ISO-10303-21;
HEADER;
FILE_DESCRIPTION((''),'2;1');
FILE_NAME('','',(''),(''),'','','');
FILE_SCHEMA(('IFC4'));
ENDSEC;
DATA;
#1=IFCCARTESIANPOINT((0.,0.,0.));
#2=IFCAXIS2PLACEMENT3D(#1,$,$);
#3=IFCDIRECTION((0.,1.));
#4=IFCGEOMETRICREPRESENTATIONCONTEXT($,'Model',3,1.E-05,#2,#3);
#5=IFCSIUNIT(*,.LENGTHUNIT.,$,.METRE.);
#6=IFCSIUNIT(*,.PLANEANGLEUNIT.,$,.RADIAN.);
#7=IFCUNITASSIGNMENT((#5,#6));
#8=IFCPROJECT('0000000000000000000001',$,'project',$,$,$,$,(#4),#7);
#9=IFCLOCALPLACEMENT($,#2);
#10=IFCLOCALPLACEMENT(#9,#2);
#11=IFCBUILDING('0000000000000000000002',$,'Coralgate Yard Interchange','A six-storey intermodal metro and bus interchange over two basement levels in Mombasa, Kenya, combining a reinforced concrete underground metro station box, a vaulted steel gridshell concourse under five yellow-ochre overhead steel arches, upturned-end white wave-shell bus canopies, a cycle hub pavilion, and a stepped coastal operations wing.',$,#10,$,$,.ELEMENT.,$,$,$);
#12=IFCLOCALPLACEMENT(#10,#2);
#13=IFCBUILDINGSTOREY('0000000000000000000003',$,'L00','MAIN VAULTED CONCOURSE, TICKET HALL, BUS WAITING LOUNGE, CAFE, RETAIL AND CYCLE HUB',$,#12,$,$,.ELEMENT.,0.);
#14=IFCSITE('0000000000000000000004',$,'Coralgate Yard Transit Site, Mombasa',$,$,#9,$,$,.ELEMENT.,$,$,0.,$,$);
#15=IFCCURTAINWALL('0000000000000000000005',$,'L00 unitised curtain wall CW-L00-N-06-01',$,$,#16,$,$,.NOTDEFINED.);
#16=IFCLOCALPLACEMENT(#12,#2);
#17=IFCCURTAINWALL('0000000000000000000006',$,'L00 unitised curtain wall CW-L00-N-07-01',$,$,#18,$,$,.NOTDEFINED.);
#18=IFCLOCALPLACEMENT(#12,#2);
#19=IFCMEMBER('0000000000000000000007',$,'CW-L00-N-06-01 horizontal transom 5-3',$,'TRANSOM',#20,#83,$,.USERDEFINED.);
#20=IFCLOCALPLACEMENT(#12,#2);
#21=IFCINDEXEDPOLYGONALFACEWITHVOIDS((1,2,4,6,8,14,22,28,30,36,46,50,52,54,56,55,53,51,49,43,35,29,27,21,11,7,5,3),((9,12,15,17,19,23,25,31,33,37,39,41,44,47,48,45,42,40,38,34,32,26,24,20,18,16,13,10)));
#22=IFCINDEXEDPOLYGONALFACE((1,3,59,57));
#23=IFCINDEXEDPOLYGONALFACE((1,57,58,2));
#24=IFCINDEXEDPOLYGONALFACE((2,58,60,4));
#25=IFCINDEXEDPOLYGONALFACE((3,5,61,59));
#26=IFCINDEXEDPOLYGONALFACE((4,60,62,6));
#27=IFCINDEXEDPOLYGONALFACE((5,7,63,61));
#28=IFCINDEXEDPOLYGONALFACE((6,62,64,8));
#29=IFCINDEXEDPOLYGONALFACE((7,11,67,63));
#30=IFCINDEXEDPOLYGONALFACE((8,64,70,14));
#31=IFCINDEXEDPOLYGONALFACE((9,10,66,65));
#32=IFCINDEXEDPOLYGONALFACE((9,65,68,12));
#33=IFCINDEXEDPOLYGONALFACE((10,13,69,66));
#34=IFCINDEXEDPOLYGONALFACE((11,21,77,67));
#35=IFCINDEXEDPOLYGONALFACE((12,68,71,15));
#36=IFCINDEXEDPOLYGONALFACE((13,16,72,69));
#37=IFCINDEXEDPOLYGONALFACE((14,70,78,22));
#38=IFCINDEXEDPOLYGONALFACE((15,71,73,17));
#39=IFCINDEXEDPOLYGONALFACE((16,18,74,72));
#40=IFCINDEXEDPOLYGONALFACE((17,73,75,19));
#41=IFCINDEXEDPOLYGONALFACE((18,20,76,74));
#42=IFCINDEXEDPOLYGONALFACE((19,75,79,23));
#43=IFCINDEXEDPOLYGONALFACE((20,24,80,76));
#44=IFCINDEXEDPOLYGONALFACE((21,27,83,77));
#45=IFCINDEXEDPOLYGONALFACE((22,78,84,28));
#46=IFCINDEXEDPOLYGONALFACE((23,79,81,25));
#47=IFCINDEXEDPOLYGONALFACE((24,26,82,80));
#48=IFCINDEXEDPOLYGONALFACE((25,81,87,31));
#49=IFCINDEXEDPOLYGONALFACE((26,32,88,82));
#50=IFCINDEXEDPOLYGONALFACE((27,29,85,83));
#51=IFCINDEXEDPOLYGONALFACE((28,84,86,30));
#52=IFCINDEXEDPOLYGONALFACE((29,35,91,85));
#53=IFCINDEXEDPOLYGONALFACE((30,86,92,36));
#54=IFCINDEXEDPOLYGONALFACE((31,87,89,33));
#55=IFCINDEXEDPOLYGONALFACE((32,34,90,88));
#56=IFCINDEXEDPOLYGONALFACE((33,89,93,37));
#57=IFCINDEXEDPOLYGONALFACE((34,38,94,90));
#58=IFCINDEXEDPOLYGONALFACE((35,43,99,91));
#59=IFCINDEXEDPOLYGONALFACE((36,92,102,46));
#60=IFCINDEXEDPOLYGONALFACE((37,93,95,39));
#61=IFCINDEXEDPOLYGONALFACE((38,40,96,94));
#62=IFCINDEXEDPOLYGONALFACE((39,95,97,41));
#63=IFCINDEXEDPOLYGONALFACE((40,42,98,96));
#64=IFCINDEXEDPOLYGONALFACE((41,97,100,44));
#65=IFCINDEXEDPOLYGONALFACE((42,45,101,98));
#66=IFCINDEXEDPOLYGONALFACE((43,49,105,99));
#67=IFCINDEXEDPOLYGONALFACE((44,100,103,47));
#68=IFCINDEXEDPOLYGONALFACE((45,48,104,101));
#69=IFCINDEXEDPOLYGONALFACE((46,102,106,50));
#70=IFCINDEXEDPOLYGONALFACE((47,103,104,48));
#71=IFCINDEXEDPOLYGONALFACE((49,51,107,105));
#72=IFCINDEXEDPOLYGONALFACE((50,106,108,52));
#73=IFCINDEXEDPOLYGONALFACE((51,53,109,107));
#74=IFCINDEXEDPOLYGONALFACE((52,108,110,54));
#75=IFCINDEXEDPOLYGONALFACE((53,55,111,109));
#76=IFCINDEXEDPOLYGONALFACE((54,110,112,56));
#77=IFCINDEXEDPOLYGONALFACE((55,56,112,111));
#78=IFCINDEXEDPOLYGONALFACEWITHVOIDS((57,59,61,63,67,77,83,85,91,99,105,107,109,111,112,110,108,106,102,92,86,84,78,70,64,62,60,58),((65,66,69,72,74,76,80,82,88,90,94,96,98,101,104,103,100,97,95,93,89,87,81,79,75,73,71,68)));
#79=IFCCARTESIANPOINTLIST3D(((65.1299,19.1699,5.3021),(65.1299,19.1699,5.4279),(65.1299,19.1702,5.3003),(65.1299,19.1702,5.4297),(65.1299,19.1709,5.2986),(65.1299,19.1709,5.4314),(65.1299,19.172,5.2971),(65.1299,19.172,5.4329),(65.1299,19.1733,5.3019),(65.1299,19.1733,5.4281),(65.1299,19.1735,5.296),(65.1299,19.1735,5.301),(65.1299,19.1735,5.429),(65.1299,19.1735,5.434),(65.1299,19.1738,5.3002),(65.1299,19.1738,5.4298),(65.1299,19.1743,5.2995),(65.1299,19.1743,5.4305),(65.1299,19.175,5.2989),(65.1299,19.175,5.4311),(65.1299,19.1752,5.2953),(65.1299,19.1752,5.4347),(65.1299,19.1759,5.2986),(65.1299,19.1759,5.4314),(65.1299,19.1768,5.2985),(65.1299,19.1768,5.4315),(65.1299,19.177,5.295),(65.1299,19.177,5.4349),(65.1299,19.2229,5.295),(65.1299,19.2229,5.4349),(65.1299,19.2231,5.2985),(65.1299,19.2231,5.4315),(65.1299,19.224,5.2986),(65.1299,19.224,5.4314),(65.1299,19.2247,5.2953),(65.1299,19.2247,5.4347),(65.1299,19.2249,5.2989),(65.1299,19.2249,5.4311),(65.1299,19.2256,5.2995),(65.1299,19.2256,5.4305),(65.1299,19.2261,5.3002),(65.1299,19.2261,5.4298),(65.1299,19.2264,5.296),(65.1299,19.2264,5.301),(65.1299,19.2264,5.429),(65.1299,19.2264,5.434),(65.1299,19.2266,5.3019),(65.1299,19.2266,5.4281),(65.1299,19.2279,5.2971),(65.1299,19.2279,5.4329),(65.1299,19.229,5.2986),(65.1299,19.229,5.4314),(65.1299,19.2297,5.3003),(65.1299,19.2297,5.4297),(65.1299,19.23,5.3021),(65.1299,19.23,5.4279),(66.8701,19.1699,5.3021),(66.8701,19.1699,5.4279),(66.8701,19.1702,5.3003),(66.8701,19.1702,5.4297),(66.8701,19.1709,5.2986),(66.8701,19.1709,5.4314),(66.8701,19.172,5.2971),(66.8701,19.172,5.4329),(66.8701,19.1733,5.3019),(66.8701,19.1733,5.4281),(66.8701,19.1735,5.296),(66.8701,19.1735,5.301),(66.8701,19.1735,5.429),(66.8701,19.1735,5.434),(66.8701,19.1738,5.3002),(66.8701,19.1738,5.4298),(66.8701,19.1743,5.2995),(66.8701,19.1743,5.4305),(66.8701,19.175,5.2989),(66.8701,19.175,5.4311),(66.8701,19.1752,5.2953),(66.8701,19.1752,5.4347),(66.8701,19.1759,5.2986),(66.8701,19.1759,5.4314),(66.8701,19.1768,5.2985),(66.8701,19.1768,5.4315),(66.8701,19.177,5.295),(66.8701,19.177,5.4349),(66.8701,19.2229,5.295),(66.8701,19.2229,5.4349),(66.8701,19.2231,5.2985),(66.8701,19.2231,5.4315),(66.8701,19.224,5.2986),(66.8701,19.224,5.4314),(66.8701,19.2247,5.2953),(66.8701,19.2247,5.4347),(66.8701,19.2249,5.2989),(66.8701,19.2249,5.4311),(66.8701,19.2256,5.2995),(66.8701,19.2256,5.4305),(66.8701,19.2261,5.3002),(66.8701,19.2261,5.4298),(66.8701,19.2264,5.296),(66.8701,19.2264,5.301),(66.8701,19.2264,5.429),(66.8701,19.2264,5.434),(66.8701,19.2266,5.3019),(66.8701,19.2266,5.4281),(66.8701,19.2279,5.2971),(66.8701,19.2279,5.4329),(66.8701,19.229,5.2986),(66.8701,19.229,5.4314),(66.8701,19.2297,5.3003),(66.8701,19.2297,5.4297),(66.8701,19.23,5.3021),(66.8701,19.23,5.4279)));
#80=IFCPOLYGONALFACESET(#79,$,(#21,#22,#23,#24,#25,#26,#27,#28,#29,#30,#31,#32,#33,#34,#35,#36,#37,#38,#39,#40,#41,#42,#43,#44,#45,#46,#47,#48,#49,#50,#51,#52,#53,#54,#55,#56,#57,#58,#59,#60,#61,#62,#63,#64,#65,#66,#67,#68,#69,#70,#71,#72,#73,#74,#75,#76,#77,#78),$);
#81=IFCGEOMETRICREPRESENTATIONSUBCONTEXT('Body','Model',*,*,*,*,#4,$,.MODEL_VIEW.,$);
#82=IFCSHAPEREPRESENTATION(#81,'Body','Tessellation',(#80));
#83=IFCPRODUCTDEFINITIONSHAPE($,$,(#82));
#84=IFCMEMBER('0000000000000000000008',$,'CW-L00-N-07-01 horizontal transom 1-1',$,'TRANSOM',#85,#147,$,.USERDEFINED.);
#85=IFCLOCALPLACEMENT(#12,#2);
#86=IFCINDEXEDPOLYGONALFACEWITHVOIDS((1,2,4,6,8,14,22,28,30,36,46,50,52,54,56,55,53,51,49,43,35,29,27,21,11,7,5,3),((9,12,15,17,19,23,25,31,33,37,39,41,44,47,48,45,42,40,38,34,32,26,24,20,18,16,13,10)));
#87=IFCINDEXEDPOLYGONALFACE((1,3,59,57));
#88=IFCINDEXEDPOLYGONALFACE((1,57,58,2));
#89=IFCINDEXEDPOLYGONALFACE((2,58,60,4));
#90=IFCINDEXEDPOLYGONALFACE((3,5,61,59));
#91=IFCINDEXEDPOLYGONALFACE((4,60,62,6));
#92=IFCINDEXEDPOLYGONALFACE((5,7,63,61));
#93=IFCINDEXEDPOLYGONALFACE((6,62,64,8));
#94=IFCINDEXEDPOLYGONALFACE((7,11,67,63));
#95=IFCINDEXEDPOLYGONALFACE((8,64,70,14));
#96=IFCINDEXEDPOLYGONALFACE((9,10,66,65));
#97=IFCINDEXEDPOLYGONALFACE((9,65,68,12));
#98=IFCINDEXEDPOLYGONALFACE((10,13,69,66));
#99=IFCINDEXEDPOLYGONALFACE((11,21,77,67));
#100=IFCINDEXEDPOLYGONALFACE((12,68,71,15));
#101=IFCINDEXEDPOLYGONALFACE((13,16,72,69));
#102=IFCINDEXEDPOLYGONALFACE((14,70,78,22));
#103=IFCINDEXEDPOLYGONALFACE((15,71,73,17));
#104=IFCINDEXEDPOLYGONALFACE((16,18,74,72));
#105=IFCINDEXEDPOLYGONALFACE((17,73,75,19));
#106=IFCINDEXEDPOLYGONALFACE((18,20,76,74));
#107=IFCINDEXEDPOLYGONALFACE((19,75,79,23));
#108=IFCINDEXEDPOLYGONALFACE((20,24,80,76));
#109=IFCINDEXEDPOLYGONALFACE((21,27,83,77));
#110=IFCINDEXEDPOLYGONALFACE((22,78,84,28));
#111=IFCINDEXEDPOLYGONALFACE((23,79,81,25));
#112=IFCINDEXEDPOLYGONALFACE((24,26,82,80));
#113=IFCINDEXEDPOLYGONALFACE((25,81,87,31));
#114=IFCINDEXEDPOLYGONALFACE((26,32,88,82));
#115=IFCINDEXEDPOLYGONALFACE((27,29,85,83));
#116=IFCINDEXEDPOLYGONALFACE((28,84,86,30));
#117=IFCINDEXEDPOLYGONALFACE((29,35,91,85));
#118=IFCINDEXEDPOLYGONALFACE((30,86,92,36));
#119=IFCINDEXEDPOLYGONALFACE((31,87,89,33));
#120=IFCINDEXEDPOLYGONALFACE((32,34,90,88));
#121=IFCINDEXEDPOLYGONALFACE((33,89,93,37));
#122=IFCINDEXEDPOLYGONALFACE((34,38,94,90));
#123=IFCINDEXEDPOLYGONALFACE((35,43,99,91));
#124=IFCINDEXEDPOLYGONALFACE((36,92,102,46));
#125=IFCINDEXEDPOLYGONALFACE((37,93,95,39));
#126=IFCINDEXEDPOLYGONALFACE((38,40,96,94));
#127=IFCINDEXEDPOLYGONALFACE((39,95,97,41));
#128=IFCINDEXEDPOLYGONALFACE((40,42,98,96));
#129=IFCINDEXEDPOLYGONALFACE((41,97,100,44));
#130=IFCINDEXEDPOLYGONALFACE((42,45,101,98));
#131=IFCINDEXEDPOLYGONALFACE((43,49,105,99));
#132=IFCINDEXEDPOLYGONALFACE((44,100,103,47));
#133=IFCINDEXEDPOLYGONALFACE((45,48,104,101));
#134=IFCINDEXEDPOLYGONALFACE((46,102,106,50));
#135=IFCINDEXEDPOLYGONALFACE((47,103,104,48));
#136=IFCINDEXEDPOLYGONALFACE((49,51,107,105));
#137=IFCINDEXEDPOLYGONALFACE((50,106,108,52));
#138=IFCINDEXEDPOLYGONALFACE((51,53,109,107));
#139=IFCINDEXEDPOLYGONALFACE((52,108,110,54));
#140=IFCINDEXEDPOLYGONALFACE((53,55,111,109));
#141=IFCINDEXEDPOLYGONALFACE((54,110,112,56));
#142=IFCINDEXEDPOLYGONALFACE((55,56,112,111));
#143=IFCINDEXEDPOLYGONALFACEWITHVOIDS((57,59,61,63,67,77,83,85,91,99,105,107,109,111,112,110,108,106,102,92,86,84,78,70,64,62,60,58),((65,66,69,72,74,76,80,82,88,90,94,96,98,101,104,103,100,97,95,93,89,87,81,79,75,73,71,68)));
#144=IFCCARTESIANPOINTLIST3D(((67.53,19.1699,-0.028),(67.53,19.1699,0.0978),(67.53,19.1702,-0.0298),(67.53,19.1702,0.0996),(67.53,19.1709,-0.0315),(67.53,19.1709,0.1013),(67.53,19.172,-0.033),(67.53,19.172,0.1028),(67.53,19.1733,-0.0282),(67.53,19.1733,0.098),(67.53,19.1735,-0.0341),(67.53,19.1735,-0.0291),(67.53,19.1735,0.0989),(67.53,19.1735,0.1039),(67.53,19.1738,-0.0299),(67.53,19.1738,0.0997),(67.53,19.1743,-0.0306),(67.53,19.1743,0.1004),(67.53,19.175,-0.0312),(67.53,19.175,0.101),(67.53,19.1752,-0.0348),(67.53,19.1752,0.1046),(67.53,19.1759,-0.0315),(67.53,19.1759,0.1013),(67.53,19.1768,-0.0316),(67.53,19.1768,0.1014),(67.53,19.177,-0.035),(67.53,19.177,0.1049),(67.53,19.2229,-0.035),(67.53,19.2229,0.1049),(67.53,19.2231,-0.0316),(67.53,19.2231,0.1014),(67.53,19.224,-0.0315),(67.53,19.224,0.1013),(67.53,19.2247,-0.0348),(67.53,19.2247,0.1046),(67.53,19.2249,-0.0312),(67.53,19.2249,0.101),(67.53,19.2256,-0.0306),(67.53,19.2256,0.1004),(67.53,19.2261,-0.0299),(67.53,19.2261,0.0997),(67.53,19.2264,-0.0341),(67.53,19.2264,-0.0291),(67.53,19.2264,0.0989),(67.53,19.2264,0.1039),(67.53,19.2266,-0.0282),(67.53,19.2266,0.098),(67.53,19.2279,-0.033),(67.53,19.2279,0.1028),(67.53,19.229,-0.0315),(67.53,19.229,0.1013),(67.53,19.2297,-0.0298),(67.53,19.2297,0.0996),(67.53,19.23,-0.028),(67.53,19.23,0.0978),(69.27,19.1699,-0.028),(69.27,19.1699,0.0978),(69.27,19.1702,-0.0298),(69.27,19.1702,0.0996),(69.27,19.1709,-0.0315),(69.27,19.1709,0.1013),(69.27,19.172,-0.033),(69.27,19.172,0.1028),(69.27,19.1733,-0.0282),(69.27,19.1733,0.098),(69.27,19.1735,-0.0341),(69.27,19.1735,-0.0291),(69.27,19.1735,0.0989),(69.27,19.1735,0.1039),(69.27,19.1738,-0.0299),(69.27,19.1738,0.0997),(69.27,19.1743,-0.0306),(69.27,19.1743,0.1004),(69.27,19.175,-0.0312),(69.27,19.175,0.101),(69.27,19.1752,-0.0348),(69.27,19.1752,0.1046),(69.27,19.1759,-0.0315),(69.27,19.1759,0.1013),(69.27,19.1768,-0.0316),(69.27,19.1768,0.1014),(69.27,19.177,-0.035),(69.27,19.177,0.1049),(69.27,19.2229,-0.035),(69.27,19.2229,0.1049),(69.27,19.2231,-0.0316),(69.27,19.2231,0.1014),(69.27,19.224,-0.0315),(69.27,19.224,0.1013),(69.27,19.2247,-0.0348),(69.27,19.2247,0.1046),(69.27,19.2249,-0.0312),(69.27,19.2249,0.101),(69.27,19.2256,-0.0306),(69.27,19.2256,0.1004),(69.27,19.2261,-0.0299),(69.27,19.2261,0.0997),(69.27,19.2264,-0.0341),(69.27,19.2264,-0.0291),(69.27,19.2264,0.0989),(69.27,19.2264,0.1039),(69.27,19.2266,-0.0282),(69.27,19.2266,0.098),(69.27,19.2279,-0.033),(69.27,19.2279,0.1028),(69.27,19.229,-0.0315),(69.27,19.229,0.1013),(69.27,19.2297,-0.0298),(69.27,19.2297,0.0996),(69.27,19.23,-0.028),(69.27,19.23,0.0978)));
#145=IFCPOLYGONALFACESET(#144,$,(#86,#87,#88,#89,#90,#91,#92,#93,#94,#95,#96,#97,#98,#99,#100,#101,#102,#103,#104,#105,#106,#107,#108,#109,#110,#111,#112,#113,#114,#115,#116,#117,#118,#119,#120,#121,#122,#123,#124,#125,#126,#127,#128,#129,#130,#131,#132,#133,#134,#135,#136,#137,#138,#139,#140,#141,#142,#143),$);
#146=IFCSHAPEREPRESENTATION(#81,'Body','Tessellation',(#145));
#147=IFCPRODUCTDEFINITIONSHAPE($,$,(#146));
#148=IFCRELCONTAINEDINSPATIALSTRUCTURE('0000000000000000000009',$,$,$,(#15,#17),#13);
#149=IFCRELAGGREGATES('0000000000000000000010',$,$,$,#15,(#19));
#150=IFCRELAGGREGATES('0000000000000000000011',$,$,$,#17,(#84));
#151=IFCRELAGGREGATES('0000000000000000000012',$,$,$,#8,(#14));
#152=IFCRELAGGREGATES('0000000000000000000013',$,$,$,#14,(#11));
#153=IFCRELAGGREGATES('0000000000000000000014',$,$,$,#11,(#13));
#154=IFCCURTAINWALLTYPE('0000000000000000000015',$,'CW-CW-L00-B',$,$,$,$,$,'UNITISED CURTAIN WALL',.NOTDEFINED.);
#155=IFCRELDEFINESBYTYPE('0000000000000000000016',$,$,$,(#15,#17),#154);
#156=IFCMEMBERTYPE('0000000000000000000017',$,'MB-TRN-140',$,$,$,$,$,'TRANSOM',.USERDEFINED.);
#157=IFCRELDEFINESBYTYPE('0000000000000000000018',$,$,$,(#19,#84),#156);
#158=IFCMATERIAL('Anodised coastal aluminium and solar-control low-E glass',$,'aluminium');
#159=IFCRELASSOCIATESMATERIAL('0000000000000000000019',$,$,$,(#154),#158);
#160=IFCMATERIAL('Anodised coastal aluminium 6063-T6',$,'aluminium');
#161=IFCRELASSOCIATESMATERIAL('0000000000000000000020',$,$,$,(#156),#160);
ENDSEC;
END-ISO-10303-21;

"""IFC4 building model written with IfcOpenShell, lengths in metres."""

from ifc_helpers import new_model, si_unit, direction, frame, origin, origin_2d, place, context, subcontext, project, spatial, hollow_rectangle, extrude, material, material_profile, profile_set, type_object, element, aggregate, save


model = new_model("IFC4")

# Units and contexts
model_context = context("Model", 3, precision=1e-05, world=origin(), true_north=direction((0.0, 1.0)))
body_context = subcontext(model_context, "Body", "Model", "MODEL_VIEW")
ifc_project = project(units=[si_unit("LENGTHUNIT", "METRE"), si_unit("PLANEANGLEUNIT", "RADIAN")], contexts=[model_context])

# Site, building, storey
site_placement = place(None, origin())
site = spatial("IfcSite", under=ifc_project, at=site_placement, Name="Coralgate Yard Transit Site, Mombasa", CompositionType="ELEMENT", RefElevation=0.0)
building_placement = place(site_placement, origin())
building = spatial("IfcBuilding", under=site, at=building_placement, Name="Coralgate Yard Interchange", Description="A six-storey intermodal metro and bus interchange over two basement levels in Mombasa, Kenya, combining a reinforced concrete underground metro station box, a vaulted steel gridshell concourse under five yellow-ochre overhead steel arches, upturned-end white wave-shell bus canopies, a cycle hub pavilion, and a stepped coastal operations wing.", CompositionType="ELEMENT")
storey_placement = place(building_placement, origin())
storey = spatial("IfcBuildingStorey", under=building, at=storey_placement, Name="L00", Description="MAIN VAULTED CONCOURSE, TICKET HALL, BUS WAITING LOUNGE, CAFE, RETAIL AND CYCLE HUB", CompositionType="ELEMENT", Elevation=0.0)

# Curtain wall
ifc_material_1 = material(Name="Anodised coastal aluminium and solar-control low-E glass", Category="aluminium")
curtain_wall_type = type_object("IfcCurtainWallType", Name="CW-CW-L00-B", ElementType="UNITISED CURTAIN WALL", PredefinedType="NOTDEFINED", material=ifc_material_1)
curtain_wall_1_placement = place(storey_placement, origin())
curtain_wall_1 = element("IfcCurtainWall", 1, at=curtain_wall_1_placement, inside=storey, type_object=curtain_wall_type, Name="L00 unitised curtain wall CW-L00-N-06-01", PredefinedType="NOTDEFINED")
ifc_material_2 = material(Name="Anodised coastal aluminium 6063-T6", Category="aluminium")

# Curtain wall
curtain_wall_2_placement = place(storey_placement, origin())
curtain_wall_2 = element("IfcCurtainWall", 2, at=curtain_wall_2_placement, inside=storey, type_object=curtain_wall_type, Name="L00 unitised curtain wall CW-L00-N-07-01", PredefinedType="NOTDEFINED")

# Members
ifc_material_profile_1 = material_profile(ifc_material_2, hollow_rectangle(XDim=0.0601, YDim=0.1399, WallThickness=0.0034, InnerFilletRadius=0.0034, OuterFilletRadius=0.0071, at=origin_2d()), Name="ALU 60x140x3.5")
ifc_profile_set_1 = profile_set([ifc_material_profile_1], Name="Anodised coastal aluminium 6063-T6")
member_type_1 = type_object("IfcMemberType", Name="MB-TRN-140", ElementType="TRANSOM", PredefinedType="USERDEFINED", material=ifc_profile_set_1)
member_1_placement = place(storey_placement, frame((65.1299, 19.2, 5.365), z_axis=(1.0, 0.0, 0.0), x_axis=(0.0, 1.0, 0.0)))
member_1 = element("IfcMember", 3, at=member_1_placement, type_object=member_type_1, Name="CW-L00-N-06-01 horizontal transom 5-3", ObjectType="TRANSOM", PredefinedType="USERDEFINED", context=body_context, shape_type="SweptSolid", body=[
    extrude(hollow_rectangle(XDim=0.0601, YDim=0.1399, WallThickness=0.0034, InnerFilletRadius=0.0034, OuterFilletRadius=0.0071, at=origin_2d()), origin(), (0.0, 0.0, 1.0), 1.7402),
])
member_2_placement = place(storey_placement, frame((67.53, 19.2, 0.0349), z_axis=(1.0, 0.0, 0.0), x_axis=(0.0, 1.0, 0.0)))
member_2 = element("IfcMember", 4, at=member_2_placement, type_object=member_type_1, Name="CW-L00-N-07-01 horizontal transom 1-1", ObjectType="TRANSOM", PredefinedType="USERDEFINED", context=body_context, shape_type="SweptSolid", body=[
    extrude(hollow_rectangle(XDim=0.0601, YDim=0.1399, WallThickness=0.0034, InnerFilletRadius=0.0034, OuterFilletRadius=0.0071, at=origin_2d()), origin(), (0.0, 0.0, 1.0), 1.74),
])

aggregate(curtain_wall_1, [member_1])
aggregate(curtain_wall_2, [member_2])

save(model, "model.ifc")
